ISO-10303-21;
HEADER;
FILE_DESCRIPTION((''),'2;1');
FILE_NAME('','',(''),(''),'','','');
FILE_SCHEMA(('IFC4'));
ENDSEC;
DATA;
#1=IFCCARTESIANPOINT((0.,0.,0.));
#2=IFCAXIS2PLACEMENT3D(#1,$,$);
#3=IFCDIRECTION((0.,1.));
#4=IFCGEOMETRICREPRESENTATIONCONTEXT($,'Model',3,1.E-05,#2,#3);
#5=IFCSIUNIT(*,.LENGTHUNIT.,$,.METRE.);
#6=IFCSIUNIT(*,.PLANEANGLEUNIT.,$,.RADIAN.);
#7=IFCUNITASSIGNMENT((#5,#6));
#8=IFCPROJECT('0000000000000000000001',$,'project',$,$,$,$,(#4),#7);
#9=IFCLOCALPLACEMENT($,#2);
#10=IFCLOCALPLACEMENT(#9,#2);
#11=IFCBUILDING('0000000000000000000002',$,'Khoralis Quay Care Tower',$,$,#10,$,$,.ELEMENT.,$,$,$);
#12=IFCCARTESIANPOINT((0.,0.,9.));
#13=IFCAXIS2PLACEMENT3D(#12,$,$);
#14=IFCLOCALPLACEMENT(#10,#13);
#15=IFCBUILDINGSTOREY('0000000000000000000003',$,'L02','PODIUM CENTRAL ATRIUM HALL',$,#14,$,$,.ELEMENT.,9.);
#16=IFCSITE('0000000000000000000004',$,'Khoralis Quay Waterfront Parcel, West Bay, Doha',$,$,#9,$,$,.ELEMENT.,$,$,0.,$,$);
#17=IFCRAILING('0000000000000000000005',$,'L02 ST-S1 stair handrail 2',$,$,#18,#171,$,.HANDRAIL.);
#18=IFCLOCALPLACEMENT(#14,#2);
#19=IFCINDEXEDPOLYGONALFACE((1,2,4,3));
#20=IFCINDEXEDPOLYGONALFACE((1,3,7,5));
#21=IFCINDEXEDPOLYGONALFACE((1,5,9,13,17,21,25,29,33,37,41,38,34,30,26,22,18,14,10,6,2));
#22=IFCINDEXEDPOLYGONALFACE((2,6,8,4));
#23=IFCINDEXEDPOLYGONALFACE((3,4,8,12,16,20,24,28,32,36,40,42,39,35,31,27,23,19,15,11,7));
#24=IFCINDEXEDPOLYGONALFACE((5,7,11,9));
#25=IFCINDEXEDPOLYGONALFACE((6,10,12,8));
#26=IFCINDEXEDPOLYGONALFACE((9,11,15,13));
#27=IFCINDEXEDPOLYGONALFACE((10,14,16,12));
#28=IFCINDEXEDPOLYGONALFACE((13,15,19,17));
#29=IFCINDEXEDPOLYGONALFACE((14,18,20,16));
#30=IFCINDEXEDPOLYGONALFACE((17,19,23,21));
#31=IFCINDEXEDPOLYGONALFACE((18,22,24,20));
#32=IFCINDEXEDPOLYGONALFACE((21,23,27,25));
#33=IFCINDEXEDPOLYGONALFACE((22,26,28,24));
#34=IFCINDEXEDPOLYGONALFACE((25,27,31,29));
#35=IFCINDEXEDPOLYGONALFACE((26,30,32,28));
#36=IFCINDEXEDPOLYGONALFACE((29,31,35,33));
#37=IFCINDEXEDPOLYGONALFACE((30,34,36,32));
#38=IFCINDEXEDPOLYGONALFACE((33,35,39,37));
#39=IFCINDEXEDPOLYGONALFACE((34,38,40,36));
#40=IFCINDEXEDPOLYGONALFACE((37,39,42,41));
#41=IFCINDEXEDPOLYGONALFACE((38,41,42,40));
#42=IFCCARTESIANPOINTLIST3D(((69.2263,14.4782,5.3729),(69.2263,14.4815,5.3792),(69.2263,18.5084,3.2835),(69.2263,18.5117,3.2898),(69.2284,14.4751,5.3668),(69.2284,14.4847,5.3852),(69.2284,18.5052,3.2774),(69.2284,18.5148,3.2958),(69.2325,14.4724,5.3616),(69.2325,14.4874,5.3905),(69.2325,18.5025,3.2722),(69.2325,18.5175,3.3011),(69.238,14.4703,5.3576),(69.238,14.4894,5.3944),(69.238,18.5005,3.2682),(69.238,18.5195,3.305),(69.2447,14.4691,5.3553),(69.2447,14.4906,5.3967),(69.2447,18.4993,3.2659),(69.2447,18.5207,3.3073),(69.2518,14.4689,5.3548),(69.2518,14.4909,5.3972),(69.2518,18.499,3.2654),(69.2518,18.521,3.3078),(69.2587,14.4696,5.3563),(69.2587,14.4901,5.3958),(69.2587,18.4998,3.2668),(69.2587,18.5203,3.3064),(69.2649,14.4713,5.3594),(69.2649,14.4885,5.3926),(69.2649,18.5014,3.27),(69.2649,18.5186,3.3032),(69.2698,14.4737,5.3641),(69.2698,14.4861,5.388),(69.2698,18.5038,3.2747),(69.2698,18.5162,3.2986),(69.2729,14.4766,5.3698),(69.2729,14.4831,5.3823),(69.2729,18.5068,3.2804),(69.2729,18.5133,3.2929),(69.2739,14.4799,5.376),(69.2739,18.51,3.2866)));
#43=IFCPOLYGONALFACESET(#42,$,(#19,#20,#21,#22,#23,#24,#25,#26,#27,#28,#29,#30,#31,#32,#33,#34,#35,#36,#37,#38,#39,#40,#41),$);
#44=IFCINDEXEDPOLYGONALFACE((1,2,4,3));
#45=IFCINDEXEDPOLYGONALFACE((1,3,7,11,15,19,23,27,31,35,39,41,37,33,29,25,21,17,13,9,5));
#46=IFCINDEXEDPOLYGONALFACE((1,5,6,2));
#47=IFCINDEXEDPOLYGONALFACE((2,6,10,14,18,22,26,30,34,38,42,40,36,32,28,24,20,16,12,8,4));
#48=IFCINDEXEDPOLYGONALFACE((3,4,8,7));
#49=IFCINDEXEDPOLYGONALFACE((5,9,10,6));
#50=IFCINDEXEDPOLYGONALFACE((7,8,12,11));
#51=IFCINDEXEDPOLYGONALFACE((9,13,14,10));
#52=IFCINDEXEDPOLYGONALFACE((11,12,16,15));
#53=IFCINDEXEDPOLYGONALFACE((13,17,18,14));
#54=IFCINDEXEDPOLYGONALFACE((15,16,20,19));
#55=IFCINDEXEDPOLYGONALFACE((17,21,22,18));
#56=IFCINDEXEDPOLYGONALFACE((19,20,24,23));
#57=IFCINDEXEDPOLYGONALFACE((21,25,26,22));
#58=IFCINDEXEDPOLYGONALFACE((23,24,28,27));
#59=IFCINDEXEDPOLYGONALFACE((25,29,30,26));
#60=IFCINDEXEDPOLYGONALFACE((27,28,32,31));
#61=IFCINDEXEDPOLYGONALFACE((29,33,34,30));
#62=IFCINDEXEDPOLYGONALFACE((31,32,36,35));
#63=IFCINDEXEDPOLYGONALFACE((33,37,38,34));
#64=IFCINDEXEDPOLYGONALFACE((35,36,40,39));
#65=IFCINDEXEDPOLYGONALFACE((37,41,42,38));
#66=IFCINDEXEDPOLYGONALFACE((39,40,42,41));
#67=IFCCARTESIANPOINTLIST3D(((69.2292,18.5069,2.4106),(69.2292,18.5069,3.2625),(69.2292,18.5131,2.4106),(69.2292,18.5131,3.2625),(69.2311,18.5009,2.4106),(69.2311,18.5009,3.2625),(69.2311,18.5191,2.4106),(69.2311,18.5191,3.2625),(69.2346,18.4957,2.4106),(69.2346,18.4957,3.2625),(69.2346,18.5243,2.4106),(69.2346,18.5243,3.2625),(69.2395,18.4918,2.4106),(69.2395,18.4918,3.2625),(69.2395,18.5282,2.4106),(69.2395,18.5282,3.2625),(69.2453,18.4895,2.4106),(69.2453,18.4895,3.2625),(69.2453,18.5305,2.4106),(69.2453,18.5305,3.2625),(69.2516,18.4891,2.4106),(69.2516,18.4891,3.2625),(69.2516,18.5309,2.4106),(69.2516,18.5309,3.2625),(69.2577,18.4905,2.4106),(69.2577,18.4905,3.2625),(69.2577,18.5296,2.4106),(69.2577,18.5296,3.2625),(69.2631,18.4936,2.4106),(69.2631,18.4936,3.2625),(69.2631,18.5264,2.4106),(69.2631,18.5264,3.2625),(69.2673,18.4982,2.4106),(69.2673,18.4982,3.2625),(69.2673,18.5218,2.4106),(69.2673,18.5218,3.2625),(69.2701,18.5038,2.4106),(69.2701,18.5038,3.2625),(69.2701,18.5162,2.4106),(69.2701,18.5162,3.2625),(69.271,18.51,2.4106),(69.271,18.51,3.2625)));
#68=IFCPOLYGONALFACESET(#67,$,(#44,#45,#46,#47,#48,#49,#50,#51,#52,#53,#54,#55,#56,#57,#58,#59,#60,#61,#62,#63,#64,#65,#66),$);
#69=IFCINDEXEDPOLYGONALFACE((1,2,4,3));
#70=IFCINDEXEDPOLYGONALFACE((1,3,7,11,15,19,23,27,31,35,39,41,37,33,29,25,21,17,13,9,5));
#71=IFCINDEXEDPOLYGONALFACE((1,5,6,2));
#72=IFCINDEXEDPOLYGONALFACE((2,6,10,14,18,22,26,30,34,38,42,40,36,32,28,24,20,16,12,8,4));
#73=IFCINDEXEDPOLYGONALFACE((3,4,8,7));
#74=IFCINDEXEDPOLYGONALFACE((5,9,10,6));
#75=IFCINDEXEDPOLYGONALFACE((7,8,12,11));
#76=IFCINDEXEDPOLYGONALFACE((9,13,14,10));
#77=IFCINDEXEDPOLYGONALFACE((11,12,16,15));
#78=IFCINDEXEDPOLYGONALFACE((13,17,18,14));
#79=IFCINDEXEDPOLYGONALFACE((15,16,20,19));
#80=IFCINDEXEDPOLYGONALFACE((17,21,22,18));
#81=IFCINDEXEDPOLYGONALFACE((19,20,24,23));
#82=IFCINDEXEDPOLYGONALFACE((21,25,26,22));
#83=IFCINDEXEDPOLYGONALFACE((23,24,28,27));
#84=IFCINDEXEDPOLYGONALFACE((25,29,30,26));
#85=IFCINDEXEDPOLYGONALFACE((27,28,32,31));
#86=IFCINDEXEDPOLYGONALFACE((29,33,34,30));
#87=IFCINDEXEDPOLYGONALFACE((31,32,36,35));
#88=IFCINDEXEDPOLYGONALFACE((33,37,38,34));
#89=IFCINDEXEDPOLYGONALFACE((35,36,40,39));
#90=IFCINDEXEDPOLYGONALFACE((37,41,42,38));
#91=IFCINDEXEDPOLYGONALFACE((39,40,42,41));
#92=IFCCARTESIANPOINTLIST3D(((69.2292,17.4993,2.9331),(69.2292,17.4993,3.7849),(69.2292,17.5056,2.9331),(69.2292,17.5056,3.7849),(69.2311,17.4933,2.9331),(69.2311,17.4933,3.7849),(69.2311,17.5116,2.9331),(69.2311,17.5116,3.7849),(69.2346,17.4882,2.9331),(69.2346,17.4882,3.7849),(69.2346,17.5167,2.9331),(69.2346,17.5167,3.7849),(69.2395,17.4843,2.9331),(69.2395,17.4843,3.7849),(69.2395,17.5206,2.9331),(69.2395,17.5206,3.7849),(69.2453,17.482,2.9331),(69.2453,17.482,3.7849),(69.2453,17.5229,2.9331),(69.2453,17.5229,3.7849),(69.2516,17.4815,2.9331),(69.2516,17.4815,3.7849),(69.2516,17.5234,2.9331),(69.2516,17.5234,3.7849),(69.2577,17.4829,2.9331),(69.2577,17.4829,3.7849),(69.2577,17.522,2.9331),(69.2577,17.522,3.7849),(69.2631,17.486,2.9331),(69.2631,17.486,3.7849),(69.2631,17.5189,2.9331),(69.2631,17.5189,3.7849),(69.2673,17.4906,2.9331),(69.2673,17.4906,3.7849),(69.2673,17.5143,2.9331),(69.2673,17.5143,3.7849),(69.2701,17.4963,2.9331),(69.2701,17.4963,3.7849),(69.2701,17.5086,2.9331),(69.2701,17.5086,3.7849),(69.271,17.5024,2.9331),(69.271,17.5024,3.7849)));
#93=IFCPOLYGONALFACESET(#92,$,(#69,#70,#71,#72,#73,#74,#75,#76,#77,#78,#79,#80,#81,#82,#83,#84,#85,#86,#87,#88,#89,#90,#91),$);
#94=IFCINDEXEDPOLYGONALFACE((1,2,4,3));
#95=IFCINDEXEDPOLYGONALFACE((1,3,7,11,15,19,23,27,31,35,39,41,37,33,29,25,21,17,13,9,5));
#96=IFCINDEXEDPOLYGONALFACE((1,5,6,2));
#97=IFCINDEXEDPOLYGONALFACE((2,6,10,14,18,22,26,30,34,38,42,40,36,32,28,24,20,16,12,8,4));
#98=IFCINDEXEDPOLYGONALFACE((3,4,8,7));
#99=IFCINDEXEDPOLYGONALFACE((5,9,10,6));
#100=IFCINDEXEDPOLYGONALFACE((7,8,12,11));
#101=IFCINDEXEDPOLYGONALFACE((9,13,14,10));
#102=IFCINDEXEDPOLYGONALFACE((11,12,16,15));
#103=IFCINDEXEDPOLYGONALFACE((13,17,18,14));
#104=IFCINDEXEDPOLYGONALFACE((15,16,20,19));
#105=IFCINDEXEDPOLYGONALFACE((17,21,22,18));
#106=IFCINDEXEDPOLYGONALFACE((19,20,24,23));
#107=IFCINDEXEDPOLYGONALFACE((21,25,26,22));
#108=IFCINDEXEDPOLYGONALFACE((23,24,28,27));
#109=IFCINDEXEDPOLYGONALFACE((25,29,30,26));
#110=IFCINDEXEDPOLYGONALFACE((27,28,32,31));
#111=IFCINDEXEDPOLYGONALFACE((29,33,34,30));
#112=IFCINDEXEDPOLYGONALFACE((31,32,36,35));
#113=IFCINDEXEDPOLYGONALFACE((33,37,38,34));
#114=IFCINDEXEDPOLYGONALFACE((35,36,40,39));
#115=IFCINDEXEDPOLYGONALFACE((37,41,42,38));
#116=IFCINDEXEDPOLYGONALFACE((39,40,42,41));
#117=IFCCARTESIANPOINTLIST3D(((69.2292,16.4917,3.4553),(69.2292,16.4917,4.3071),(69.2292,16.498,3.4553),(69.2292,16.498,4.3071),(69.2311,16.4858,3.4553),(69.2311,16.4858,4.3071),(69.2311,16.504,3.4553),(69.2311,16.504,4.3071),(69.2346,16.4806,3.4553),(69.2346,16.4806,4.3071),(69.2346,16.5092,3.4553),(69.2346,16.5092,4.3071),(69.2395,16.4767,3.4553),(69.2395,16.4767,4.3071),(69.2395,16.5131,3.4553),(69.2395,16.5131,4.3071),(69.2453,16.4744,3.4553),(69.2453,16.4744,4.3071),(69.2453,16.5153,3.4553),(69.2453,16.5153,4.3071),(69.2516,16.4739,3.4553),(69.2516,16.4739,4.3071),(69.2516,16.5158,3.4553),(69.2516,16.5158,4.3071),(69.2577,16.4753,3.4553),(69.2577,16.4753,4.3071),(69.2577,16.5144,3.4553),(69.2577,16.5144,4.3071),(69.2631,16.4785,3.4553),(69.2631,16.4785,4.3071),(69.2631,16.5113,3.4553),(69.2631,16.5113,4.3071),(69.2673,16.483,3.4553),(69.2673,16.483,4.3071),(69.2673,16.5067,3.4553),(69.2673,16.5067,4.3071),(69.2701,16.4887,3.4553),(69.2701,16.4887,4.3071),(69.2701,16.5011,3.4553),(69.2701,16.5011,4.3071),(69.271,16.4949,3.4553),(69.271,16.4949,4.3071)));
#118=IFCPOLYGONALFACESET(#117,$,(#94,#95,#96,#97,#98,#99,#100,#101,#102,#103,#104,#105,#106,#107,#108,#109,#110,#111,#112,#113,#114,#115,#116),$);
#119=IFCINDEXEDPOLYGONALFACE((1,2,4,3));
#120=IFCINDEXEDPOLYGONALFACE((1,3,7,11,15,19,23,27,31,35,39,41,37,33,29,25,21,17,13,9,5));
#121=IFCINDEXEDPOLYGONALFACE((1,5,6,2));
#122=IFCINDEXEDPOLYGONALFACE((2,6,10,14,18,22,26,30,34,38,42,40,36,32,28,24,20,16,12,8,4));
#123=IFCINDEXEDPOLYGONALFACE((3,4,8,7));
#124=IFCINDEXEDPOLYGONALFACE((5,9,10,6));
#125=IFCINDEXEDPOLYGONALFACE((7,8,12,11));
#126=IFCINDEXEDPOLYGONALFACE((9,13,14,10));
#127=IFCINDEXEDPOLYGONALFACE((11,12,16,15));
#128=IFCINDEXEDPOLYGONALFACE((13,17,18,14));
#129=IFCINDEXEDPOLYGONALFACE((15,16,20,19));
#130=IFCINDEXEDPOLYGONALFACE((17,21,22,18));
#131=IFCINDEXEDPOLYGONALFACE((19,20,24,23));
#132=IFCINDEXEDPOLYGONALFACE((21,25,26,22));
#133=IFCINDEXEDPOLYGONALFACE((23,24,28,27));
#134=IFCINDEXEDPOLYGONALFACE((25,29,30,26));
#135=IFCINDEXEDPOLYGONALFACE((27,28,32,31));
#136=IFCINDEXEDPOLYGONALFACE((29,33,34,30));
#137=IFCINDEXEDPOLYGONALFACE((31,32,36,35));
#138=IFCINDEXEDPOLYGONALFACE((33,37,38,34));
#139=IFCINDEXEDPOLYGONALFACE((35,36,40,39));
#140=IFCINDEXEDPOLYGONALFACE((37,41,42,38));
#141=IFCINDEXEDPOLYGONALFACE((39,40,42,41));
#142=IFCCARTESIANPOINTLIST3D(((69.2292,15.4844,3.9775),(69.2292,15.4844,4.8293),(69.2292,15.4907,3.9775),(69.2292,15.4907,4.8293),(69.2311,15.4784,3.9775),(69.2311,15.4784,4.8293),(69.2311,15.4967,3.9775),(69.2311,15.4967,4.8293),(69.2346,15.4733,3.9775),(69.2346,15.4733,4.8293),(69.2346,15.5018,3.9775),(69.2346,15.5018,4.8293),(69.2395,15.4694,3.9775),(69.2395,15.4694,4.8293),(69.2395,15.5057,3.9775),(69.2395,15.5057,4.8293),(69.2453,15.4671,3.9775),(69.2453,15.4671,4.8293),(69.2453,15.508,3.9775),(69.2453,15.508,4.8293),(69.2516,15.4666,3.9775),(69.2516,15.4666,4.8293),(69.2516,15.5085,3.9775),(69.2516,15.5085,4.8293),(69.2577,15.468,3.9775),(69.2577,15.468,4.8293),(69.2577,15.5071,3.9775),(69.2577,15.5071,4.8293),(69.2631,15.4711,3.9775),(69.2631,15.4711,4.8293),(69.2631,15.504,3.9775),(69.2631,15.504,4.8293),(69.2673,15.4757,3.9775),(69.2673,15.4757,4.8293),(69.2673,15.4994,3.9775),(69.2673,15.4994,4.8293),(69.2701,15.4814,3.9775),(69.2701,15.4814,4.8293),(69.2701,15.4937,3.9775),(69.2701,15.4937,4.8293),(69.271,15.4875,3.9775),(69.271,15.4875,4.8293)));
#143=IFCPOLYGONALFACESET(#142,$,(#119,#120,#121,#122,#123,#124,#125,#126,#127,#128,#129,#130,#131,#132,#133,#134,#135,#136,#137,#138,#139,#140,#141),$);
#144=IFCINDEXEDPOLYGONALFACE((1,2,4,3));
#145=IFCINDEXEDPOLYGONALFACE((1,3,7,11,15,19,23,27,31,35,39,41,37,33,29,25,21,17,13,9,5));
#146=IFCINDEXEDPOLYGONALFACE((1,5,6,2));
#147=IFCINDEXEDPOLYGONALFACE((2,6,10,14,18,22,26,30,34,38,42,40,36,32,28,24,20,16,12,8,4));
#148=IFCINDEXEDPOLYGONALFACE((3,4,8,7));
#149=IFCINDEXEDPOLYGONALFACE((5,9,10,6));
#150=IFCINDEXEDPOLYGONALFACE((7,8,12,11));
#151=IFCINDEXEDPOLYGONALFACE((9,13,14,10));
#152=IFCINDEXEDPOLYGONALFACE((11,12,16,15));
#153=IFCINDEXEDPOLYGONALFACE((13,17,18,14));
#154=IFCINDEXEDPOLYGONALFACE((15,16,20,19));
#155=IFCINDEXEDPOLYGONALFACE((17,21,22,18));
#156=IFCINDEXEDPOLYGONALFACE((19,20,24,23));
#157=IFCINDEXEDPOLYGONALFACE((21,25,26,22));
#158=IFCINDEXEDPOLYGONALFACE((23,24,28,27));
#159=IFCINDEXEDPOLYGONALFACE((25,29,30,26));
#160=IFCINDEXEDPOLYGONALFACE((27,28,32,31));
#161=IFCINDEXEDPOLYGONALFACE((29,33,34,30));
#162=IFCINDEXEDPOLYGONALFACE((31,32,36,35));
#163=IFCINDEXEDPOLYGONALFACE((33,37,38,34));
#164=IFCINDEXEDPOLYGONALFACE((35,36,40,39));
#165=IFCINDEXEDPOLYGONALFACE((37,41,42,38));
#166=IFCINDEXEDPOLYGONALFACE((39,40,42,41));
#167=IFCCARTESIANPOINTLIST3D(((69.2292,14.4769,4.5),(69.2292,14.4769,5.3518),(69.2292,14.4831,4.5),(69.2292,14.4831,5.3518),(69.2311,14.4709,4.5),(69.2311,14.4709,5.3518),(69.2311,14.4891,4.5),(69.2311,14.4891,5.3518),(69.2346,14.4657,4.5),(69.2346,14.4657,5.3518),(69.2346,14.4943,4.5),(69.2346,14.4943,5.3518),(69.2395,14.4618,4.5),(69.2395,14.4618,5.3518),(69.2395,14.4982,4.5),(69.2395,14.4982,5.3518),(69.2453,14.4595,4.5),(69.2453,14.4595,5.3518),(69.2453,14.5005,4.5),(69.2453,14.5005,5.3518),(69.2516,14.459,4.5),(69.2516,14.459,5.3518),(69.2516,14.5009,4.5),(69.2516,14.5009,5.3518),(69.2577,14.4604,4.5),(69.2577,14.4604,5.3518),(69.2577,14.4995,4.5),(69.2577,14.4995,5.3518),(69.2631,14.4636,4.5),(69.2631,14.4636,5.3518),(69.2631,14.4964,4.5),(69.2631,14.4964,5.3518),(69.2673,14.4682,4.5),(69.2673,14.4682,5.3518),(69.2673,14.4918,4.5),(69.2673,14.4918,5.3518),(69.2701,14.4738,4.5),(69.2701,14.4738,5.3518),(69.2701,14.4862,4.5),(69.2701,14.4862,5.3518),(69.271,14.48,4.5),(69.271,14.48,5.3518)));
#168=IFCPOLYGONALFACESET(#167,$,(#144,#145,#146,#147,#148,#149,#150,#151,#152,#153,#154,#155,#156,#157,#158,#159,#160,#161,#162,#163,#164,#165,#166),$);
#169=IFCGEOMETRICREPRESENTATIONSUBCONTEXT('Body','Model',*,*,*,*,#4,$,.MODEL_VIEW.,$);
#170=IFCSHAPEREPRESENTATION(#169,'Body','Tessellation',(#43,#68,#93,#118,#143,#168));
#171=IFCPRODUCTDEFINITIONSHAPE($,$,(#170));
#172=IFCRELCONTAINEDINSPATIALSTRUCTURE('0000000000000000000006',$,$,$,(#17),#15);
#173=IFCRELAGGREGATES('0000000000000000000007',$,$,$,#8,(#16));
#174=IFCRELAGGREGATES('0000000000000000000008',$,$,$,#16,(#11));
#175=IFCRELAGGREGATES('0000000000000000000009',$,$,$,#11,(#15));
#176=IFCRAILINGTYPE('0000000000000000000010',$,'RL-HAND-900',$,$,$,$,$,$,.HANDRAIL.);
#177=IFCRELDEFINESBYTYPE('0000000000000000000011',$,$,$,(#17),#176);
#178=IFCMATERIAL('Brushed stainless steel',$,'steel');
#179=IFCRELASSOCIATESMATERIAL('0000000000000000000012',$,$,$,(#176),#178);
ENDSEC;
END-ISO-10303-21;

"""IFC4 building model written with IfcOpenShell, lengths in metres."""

from ifc_helpers import new_model, si_unit, direction, frame, origin, origin_2d, place, context, subcontext, project, spatial, circle, extrude, material, type_object, element, save


model = new_model("IFC4")

# Units and contexts
model_context = context("Model", 3, precision=1e-05, world=origin(), true_north=direction((0.0, 1.0)))
body_context = subcontext(model_context, "Body", "Model", "MODEL_VIEW")
ifc_project = project(units=[si_unit("LENGTHUNIT", "METRE"), si_unit("PLANEANGLEUNIT", "RADIAN")], contexts=[model_context])

# Site, building, storey
site_placement = place(None, origin())
site = spatial("IfcSite", under=ifc_project, at=site_placement, Name="Khoralis Quay Waterfront Parcel, West Bay, Doha", CompositionType="ELEMENT", RefElevation=0.0)
building_placement = place(site_placement, origin())
building = spatial("IfcBuilding", under=site, at=building_placement, Name="Khoralis Quay Care Tower", CompositionType="ELEMENT")
storey_placement = place(building_placement, frame((0.0, 0.0, 9.0)))
storey = spatial("IfcBuildingStorey", under=building, at=storey_placement, Name="L02", Description="PODIUM CENTRAL ATRIUM HALL", CompositionType="ELEMENT", Elevation=9.0)

# Railing
ifc_material_1 = material(Name="Brushed stainless steel", Category="steel")
railing_type_1 = type_object("IfcRailingType", Name="RL-HAND-900", PredefinedType="HANDRAIL", material=ifc_material_1)
railing_1_placement = place(storey_placement, frame((69.25, 18.51, 2.4106)))
element("IfcRailing", 1, at=railing_1_placement, inside=storey, type_object=railing_type_1, Name="L02 ST-S1 stair handrail 2", PredefinedType="HANDRAIL", context=body_context, shape_type="SweptSolid", body=[
    extrude(circle(Radius=0.0239, at=origin_2d()), frame((0.0, 0.0, 0.876), z_axis=(0.0, -0.887781, 0.460267), x_axis=(1.0, 0.0, 0.0)), (0.0, 0.0, 1.0), 4.5396),
    extrude(circle(Radius=0.021, at=origin_2d()), origin(), (0.0, 0.0, 1.0), 0.8518),
    extrude(circle(Radius=0.021, at=origin_2d()), frame((0.0, -1.0076, 0.5225)), (0.0, 0.0, 1.0), 0.8518),
    extrude(circle(Radius=0.021, at=origin_2d()), frame((0.0, -2.0151, 1.0447)), (0.0, 0.0, 1.0), 0.8518),
    extrude(circle(Radius=0.021, at=origin_2d()), frame((0.0, -3.0225, 1.5669)), (0.0, 0.0, 1.0), 0.8518),
    extrude(circle(Radius=0.021, at=origin_2d()), frame((0.0, -4.03, 2.0894)), (0.0, 0.0, 1.0), 0.8518),
])

save(model, "model.ifc")
